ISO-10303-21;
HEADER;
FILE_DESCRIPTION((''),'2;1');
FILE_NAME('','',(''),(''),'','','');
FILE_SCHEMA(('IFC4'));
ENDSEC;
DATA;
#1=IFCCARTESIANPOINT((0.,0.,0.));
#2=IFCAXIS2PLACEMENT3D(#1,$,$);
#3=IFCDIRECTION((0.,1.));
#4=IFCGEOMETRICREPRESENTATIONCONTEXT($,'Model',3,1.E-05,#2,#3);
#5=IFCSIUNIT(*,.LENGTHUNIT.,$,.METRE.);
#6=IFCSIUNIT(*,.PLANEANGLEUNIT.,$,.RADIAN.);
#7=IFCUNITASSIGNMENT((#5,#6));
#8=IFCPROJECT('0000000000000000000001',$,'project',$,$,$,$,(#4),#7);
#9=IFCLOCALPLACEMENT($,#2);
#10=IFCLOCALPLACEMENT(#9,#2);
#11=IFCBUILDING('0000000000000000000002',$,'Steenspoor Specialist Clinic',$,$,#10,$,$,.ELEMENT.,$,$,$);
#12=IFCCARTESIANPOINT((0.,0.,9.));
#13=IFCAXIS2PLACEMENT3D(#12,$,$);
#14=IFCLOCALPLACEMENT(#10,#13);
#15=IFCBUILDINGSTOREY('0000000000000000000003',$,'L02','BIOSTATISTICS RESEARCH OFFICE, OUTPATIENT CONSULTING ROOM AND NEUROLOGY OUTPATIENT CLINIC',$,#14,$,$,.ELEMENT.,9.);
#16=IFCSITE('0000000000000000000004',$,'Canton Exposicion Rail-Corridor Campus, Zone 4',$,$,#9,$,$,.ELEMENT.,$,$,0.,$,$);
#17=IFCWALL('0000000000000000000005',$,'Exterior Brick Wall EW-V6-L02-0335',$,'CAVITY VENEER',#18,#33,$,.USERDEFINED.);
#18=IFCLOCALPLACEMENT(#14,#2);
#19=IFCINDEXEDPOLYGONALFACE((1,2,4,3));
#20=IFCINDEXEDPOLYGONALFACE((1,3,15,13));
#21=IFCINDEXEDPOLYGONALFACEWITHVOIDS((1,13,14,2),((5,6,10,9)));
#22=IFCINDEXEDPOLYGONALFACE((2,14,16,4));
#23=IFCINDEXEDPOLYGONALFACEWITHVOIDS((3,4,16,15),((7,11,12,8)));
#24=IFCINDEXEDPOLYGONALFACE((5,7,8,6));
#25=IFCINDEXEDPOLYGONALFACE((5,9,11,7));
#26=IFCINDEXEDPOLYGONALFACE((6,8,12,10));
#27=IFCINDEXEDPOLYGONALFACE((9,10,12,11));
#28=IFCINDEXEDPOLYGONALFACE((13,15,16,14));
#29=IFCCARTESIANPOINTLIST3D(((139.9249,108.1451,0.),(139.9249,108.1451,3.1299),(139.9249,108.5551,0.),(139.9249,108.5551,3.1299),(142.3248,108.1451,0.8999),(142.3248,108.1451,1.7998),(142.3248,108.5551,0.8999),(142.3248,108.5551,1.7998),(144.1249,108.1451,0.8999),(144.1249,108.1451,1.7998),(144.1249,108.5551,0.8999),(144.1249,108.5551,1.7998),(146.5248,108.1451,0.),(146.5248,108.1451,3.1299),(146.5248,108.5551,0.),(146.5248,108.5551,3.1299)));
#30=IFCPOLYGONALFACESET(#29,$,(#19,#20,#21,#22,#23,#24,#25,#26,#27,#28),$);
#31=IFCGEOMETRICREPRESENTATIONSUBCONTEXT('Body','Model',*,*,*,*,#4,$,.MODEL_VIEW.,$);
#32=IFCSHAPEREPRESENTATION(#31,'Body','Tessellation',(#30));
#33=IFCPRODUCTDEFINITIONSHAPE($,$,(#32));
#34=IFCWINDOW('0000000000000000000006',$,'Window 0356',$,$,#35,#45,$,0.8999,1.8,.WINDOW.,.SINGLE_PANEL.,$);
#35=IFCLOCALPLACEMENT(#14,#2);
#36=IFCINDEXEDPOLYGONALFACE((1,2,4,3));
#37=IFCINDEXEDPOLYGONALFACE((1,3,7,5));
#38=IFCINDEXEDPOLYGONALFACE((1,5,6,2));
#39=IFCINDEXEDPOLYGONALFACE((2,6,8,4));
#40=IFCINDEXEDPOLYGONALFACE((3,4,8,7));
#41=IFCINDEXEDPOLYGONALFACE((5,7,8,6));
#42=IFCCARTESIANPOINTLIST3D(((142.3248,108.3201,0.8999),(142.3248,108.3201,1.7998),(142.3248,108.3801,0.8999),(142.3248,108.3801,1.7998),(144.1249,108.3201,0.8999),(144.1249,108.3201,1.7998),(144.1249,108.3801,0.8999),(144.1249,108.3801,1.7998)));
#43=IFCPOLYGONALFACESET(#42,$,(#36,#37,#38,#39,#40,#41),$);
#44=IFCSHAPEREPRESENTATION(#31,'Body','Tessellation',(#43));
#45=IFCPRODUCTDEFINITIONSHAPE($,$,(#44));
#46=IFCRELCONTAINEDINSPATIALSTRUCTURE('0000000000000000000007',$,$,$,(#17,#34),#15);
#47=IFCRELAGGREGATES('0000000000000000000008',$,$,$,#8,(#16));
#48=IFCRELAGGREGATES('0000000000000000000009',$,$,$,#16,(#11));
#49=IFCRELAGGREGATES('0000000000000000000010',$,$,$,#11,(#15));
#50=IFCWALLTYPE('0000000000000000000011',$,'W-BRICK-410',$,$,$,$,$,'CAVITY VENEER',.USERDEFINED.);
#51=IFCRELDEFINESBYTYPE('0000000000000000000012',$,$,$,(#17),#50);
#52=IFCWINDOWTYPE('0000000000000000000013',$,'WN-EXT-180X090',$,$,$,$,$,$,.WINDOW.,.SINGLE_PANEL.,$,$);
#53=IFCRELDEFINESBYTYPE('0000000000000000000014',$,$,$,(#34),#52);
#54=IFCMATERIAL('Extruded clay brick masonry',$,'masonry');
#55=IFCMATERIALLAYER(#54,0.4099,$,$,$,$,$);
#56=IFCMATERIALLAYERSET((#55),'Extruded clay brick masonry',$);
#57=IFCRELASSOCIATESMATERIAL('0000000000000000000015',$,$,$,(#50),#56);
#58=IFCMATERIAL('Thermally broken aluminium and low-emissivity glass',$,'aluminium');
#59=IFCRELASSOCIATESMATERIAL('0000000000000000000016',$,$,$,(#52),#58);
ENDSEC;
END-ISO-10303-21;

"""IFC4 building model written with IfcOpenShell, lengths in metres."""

from ifc_helpers import new_model, si_unit, direction, frame, frame_2d, origin, place, context, subcontext, project, spatial, rectangle, extrude, material, layer, layer_set, type_object, element, fill, save


model = new_model("IFC4")

# Units and contexts
model_context = context("Model", 3, precision=1e-05, world=origin(), true_north=direction((0.0, 1.0)))
body_context = subcontext(model_context, "Body", "Model", "MODEL_VIEW")
ifc_project = project(units=[si_unit("LENGTHUNIT", "METRE"), si_unit("PLANEANGLEUNIT", "RADIAN")], contexts=[model_context])

# Site, building, storey
site_placement = place(None, origin())
site = spatial("IfcSite", under=ifc_project, at=site_placement, Name="Canton Exposicion Rail-Corridor Campus, Zone 4", CompositionType="ELEMENT", RefElevation=0.0)
building_placement = place(site_placement, origin())
building = spatial("IfcBuilding", under=site, at=building_placement, Name="Steenspoor Specialist Clinic", CompositionType="ELEMENT")
storey_placement = place(building_placement, frame((0.0, 0.0, 9.0)))
storey = spatial("IfcBuildingStorey", under=building, at=storey_placement, Name="L02", Description="BIOSTATISTICS RESEARCH OFFICE, OUTPATIENT CONSULTING ROOM AND NEUROLOGY OUTPATIENT CLINIC", CompositionType="ELEMENT", Elevation=9.0)

# Shared definitions
ifc_material_1 = material(Name="Thermally broken aluminium and low-emissivity glass", Category="aluminium")

# Wall, opening, window
ifc_material_2 = material(Name="Extruded clay brick masonry", Category="masonry")
ifc_layer_1 = layer(ifc_material_2, 0.4099)
ifc_layer_set_1 = layer_set([ifc_layer_1], Name="Extruded clay brick masonry")
wall_type = type_object("IfcWallType", Name="W-BRICK-410", ElementType="CAVITY VENEER", PredefinedType="USERDEFINED", material=ifc_layer_set_1)
wall_placement = place(storey_placement, frame((139.925, 108.3501, 0.0), z_axis=(0.0, 0.0, 1.0), x_axis=(1.0, 0.0, 0.0)))
wall = element("IfcWall", 1, at=wall_placement, inside=storey, type_object=wall_type, Name="Exterior Brick Wall EW-V6-L02-0335", ObjectType="CAVITY VENEER", PredefinedType="USERDEFINED", context=body_context, shape_type="SweptSolid", body=[
    extrude(rectangle(XDim=6.5999, YDim=0.4099, at=frame_2d((3.2998, 0.0))), origin(), (0.0, 0.0, 1.0), 3.1299),
])
opening_placement = place(wall_placement, frame((2.3999, 0.0, 0.8999)))
opening = element("IfcOpeningElement", 2, at=opening_placement, cuts=wall, PredefinedType="OPENING", context=body_context, shape_type="SweptSolid", body=[
    extrude(rectangle(XDim=1.8, YDim=0.8999, at=frame_2d((0.8999, 0.45))), frame((0.0, 0.2148, 0.0), z_axis=(0.0, -1.0, 0.0), x_axis=(1.0, 0.0, 0.0)), (0.0, 0.0, 1.0), 0.4299),
])
window_type = type_object("IfcWindowType", Name="WN-EXT-180X090", PartitioningType="SINGLE_PANEL", PredefinedType="WINDOW", material=ifc_material_1)
window_placement = place(opening_placement, origin())
window = element("IfcWindow", 3, at=window_placement, inside=storey, type_object=window_type, Name="Window 0356", OverallHeight=0.8999, OverallWidth=1.8, PartitioningType="SINGLE_PANEL", PredefinedType="WINDOW", context=body_context, shape_type="SweptSolid", body=[
    extrude(rectangle(XDim=1.8, YDim=0.8999, at=frame_2d((0.8999, 0.45))), frame((0.0, 0.03, 0.0), z_axis=(0.0, -1.0, 0.0), x_axis=(1.0, 0.0, 0.0)), (0.0, 0.0, 1.0), 0.0601),
])
fill(opening, window)

save(model, "model.ifc")
